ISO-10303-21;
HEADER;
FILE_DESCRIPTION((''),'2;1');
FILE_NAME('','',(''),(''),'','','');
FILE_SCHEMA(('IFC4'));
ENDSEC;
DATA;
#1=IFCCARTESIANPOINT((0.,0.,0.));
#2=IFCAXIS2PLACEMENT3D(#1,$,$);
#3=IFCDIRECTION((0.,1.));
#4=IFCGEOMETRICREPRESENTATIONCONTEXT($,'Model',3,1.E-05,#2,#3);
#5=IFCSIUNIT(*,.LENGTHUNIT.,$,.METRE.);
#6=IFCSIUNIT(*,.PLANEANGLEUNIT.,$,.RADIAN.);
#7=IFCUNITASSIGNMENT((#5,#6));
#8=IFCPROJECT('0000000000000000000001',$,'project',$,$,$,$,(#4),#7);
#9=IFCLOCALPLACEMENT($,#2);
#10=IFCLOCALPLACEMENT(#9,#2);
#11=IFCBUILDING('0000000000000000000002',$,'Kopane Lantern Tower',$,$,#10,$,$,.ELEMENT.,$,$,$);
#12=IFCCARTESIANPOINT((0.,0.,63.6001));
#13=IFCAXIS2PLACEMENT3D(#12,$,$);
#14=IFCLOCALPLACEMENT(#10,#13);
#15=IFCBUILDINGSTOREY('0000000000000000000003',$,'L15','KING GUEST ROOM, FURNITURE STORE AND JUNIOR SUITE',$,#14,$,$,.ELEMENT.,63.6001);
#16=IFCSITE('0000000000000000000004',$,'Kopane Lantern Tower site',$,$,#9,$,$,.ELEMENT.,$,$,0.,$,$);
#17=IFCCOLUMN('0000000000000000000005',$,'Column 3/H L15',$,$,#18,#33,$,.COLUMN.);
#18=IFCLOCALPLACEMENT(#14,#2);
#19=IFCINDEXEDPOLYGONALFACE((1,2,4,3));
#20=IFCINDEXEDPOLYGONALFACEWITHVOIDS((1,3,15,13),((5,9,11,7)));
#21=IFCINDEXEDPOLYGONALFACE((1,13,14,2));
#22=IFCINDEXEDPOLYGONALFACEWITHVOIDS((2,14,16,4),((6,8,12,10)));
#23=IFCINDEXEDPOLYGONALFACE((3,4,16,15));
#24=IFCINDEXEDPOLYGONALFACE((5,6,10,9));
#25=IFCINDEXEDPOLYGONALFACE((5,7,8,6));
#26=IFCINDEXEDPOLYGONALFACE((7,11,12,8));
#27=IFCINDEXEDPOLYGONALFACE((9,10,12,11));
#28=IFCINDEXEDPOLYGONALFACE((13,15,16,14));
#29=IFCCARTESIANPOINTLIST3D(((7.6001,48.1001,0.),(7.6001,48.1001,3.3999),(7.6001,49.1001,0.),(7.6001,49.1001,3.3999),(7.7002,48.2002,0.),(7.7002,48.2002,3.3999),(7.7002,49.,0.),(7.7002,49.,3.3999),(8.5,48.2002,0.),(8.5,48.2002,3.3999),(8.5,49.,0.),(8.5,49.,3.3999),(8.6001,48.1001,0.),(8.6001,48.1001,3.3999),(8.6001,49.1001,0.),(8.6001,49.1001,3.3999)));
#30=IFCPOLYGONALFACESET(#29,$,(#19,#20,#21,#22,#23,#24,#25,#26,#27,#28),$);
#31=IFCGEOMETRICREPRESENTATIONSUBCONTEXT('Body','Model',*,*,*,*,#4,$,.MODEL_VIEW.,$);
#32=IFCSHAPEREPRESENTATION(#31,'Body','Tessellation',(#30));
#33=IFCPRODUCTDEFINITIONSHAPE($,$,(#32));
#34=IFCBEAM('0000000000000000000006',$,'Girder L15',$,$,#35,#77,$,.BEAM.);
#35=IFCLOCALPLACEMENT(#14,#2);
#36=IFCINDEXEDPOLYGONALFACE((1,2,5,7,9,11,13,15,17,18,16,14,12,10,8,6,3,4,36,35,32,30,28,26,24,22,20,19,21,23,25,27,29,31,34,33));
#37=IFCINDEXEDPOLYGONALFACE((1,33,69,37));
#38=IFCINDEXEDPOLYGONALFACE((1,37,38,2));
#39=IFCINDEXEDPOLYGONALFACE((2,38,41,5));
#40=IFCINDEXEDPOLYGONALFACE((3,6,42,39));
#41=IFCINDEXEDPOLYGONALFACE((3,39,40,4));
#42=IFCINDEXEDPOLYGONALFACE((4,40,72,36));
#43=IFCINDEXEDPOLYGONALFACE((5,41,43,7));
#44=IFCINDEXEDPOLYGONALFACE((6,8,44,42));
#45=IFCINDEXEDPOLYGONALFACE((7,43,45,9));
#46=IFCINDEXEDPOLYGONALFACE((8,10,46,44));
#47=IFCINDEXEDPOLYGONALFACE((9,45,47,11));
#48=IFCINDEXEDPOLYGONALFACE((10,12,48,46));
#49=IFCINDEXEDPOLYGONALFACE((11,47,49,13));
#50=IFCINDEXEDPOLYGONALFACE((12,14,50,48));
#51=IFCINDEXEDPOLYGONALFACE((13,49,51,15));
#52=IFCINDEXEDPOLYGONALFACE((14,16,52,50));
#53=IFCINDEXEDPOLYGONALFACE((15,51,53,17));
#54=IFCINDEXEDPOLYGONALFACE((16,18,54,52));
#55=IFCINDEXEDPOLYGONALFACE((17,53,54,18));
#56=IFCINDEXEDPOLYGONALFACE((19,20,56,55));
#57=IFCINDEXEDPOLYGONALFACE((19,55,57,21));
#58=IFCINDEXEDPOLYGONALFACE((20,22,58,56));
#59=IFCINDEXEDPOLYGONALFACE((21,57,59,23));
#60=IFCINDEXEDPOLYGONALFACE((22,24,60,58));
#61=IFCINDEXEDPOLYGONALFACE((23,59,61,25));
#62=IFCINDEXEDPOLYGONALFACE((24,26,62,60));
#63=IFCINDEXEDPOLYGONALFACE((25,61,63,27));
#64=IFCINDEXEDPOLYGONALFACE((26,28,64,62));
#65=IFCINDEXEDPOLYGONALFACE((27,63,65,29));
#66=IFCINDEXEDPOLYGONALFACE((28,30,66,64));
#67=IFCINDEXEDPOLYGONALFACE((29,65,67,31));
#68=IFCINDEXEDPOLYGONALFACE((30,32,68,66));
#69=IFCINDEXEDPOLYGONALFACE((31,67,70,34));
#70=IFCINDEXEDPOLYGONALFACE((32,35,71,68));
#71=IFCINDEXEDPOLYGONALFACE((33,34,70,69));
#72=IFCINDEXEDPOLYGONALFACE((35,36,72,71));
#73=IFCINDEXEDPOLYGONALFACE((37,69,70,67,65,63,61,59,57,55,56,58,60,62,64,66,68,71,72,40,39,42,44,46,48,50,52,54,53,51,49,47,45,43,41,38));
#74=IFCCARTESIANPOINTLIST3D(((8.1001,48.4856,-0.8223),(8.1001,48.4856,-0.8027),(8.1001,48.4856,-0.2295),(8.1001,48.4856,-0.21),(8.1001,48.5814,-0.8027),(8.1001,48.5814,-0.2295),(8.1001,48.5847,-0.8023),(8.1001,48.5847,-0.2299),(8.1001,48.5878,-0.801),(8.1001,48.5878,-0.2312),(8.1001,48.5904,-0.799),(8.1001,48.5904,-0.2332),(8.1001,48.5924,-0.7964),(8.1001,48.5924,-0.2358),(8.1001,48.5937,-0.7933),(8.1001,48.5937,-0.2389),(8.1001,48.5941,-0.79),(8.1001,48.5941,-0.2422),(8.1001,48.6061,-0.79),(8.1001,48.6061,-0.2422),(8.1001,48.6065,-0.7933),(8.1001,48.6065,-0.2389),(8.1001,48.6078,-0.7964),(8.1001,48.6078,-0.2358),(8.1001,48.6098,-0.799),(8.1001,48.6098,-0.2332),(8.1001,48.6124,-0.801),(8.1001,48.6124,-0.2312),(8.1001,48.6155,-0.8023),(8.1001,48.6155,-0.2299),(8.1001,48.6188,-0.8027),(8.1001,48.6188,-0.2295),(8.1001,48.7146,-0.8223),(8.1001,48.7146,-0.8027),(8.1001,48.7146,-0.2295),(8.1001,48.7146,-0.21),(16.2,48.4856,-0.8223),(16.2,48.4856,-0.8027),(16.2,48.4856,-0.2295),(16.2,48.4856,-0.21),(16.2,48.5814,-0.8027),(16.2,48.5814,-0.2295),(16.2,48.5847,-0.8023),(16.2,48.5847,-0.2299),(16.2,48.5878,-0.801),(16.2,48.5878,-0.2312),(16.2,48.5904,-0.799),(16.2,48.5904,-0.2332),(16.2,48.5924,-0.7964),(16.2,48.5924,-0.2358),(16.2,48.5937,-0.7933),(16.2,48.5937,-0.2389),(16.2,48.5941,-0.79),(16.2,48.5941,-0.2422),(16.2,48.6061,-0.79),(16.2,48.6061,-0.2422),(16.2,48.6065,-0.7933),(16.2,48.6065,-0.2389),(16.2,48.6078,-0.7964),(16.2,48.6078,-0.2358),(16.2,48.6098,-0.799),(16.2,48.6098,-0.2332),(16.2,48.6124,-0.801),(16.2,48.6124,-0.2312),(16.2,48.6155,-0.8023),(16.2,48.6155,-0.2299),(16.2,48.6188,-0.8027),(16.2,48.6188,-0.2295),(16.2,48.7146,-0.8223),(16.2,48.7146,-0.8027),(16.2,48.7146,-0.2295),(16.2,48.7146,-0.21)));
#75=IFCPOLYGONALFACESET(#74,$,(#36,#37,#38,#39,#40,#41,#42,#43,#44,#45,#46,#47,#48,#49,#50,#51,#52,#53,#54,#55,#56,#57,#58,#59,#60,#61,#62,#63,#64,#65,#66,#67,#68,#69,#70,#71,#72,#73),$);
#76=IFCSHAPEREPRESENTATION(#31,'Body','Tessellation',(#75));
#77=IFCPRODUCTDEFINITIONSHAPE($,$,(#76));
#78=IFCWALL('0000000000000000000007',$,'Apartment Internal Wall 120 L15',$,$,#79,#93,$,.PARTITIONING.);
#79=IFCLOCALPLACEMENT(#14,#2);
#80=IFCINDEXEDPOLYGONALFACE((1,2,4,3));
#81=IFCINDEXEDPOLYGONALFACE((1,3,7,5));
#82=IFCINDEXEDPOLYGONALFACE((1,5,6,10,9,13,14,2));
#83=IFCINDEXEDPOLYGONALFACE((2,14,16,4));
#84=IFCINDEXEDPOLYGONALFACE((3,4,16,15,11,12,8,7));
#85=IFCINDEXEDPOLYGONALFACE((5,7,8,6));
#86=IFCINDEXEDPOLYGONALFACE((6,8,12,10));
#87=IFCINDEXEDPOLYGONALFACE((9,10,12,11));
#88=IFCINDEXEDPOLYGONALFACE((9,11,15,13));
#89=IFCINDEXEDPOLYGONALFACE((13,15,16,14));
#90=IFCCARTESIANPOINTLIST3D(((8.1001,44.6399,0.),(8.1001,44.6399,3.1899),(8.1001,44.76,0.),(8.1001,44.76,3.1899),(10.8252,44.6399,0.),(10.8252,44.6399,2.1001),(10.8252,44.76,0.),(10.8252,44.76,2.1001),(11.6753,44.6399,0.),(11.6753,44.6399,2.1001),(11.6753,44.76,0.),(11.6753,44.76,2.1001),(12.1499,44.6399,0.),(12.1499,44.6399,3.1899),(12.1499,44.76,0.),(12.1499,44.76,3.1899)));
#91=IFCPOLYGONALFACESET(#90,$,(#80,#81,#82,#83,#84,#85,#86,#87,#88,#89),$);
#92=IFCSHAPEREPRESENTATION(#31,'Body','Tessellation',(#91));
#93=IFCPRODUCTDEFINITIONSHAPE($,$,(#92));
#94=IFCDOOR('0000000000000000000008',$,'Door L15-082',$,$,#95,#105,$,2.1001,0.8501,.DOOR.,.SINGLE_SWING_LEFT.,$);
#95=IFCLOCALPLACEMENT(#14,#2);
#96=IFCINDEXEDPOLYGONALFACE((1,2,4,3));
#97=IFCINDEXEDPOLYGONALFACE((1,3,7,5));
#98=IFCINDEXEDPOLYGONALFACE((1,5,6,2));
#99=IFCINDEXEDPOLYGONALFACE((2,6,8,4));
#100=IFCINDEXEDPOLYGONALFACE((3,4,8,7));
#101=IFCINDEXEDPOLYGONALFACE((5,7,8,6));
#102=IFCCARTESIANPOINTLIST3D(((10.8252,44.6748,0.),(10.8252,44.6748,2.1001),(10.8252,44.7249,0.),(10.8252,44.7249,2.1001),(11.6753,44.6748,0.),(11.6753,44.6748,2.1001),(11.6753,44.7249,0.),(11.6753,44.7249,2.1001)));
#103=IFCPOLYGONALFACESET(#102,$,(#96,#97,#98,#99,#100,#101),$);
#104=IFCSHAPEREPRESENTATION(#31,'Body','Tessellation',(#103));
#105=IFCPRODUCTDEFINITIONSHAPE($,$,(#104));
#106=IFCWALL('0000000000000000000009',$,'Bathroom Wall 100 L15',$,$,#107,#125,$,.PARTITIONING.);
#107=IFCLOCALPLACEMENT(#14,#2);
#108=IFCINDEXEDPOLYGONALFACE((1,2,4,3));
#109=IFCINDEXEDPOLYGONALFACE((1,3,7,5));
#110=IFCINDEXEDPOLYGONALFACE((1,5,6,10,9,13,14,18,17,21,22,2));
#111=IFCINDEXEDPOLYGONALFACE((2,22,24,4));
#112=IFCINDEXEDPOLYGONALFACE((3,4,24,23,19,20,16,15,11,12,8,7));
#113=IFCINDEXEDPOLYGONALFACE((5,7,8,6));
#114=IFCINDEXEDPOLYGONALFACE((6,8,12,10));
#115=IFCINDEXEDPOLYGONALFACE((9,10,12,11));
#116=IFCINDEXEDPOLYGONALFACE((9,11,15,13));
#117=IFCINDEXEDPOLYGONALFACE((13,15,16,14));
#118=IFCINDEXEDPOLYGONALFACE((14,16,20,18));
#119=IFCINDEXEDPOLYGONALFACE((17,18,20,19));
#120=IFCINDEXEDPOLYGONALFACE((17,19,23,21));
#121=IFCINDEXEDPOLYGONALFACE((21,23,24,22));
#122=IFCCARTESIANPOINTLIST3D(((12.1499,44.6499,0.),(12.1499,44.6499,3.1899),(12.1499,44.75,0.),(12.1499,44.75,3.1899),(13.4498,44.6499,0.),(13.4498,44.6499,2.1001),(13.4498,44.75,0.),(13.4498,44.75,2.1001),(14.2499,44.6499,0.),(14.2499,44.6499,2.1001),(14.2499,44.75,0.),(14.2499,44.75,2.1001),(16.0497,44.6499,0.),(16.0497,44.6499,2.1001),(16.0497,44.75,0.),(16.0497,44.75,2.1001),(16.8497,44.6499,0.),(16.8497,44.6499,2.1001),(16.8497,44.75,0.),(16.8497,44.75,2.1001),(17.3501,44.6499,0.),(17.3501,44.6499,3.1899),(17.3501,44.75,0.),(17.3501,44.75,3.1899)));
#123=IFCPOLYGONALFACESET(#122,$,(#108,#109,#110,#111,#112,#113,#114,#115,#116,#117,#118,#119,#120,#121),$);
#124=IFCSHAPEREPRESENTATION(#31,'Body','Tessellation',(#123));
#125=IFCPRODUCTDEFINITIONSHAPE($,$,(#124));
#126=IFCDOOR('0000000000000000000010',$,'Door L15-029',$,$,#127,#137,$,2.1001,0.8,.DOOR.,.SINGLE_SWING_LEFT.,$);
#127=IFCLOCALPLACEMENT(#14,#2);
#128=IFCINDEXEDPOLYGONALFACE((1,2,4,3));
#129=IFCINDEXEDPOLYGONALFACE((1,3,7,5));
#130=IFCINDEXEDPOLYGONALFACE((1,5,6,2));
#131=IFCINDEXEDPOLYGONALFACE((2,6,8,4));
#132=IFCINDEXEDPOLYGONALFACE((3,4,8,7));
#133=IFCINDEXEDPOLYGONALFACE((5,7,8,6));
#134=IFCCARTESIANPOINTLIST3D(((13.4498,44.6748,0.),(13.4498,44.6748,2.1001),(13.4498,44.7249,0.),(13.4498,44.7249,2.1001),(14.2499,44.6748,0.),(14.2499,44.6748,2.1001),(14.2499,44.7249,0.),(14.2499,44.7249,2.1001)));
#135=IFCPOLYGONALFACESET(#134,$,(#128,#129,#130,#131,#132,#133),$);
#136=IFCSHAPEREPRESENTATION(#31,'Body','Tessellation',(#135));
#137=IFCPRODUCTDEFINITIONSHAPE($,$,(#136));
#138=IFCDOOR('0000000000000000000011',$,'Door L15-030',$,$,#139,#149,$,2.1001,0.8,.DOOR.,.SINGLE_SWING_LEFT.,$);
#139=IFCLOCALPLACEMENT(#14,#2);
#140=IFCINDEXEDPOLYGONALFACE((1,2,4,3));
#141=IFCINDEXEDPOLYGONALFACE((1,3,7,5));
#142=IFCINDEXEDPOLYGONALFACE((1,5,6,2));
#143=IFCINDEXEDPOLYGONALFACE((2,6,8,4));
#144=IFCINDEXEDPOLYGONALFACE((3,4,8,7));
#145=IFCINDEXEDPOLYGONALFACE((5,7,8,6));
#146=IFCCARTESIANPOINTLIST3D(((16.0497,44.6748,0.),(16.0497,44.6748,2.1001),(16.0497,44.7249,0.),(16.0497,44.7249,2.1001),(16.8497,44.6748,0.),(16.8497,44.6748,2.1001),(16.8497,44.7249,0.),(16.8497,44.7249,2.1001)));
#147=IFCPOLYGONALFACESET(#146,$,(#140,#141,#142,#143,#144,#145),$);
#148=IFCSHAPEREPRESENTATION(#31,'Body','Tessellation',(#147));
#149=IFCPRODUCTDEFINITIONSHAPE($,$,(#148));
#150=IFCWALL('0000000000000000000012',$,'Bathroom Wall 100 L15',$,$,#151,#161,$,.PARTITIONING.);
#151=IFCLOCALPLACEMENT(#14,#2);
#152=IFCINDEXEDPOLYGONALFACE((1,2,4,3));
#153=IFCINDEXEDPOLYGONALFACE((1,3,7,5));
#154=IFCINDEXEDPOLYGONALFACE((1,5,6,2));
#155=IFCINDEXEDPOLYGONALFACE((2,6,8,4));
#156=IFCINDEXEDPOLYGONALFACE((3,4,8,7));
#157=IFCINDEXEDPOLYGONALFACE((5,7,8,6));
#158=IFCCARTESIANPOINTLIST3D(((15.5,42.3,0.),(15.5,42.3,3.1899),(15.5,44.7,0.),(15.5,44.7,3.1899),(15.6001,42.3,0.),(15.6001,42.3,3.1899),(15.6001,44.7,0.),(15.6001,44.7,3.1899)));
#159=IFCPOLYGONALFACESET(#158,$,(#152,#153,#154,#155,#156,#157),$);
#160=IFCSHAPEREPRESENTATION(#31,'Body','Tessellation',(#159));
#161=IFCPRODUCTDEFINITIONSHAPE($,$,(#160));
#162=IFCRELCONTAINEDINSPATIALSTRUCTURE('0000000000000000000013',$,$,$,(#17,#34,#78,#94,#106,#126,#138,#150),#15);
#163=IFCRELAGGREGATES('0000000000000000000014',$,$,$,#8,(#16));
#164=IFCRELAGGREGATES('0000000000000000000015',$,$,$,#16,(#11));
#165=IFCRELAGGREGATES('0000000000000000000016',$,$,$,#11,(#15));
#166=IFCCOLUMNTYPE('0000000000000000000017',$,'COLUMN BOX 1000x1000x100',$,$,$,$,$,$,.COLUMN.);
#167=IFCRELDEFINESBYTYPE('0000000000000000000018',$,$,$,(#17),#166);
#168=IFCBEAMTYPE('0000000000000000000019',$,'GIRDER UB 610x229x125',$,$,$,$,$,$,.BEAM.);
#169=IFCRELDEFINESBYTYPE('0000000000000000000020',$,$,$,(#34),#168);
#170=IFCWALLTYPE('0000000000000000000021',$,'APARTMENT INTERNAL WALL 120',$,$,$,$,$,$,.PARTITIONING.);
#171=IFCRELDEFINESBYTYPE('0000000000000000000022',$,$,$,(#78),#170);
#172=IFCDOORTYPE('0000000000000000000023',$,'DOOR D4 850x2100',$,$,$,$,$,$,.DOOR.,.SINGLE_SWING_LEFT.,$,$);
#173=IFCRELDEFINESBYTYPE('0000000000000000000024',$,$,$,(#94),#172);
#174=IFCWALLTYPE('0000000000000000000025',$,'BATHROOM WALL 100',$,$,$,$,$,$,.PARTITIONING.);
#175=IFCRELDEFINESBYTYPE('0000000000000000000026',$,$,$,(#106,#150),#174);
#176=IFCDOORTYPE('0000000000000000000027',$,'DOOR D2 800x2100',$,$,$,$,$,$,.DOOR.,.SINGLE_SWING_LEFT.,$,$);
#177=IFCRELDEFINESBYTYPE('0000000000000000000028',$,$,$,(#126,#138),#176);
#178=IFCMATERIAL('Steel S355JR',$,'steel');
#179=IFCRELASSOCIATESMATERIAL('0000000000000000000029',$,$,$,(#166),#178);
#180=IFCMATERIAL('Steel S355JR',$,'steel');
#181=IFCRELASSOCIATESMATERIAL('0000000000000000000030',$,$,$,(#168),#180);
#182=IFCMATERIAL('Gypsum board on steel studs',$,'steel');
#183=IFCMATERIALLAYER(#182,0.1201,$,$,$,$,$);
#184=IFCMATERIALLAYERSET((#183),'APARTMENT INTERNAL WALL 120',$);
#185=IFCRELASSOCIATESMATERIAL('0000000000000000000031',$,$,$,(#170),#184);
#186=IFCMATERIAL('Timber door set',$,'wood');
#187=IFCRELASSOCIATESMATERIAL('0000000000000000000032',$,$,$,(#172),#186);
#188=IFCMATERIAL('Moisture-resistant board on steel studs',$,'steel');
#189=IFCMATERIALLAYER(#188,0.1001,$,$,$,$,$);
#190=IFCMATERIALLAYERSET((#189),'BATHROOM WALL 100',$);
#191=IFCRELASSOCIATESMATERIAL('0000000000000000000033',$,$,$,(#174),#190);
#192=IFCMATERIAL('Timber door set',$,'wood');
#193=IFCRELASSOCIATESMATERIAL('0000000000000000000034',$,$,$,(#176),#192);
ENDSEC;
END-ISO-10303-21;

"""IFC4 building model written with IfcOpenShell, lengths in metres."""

from ifc_helpers import new_model, si_unit, direction, frame, frame_2d, origin, origin_2d, place, context, subcontext, project, spatial, rectangle, hollow_rectangle, i_section, extrude, material, layer, layer_set, material_profile, profile_set, type_object, element, fill, save


model = new_model("IFC4")

# Units and contexts
model_context = context("Model", 3, precision=1e-05, world=origin(), true_north=direction((0.0, 1.0)))
body_context = subcontext(model_context, "Body", "Model", "MODEL_VIEW")
ifc_project = project(units=[si_unit("LENGTHUNIT", "METRE"), si_unit("PLANEANGLEUNIT", "RADIAN")], contexts=[model_context])

# Site, building, storey
site_placement = place(None, origin())
site = spatial("IfcSite", under=ifc_project, at=site_placement, Name="Kopane Lantern Tower site", CompositionType="ELEMENT", RefElevation=0.0)
building_placement = place(site_placement, origin())
building = spatial("IfcBuilding", under=site, at=building_placement, Name="Kopane Lantern Tower", CompositionType="ELEMENT")
storey_placement = place(building_placement, frame((0.0, 0.0, 63.6001)))
storey = spatial("IfcBuildingStorey", under=building, at=storey_placement, Name="L15", Description="KING GUEST ROOM, FURNITURE STORE AND JUNIOR SUITE", CompositionType="ELEMENT", Elevation=63.6001)

# Column
ifc_material_1 = material(Name="Steel S355JR", Category="steel")
ifc_material_profile_1 = material_profile(ifc_material_1, hollow_rectangle(XDim=1.0, YDim=1.0, WallThickness=0.1001, at=origin_2d()), Name="BOX 1000x1000x100")
ifc_profile_set_1 = profile_set([ifc_material_profile_1], Name="Steel S355JR")
column_type = type_object("IfcColumnType", Name="COLUMN BOX 1000x1000x100", PredefinedType="COLUMN", material=ifc_profile_set_1)
column_placement = place(storey_placement, frame((8.1001, 48.6001, 0.0), z_axis=(0.0, 0.0, 1.0), x_axis=(1.0, 0.0, 0.0)))
element("IfcColumn", 1, at=column_placement, inside=storey, type_object=column_type, Name="Column 3/H L15", PredefinedType="COLUMN", context=body_context, shape_type="SweptSolid", body=[
    extrude(hollow_rectangle(XDim=1.0, YDim=1.0, WallThickness=0.1001, at=origin_2d()), origin(), (0.0, 0.0, 1.0), 3.3999),
])

# Beam
ifc_material_2 = material(Name="Steel S355JR", Category="steel")
ifc_material_profile_2 = material_profile(ifc_material_2, i_section(OverallWidth=0.229, OverallDepth=0.6123, WebThickness=0.012, FlangeThickness=0.0195, FilletRadius=0.0127, at=origin_2d()), Name="UB 610x229x125")
ifc_profile_set_2 = profile_set([ifc_material_profile_2], Name="Steel S355JR")
beam_type = type_object("IfcBeamType", Name="GIRDER UB 610x229x125", PredefinedType="BEAM", material=ifc_profile_set_2)
beam_placement = place(storey_placement, frame((8.1001, 48.6001, -0.5161), z_axis=(1.0, 0.0, 0.0), x_axis=(0.0, 1.0, 0.0)))
element("IfcBeam", 2, at=beam_placement, inside=storey, type_object=beam_type, Name="Girder L15", PredefinedType="BEAM", context=body_context, shape_type="SweptSolid", body=[
    extrude(i_section(OverallWidth=0.229, OverallDepth=0.6123, WebThickness=0.012, FlangeThickness=0.0195, FilletRadius=0.0127, at=origin_2d()), origin(), (0.0, 0.0, 1.0), 8.0999),
])

# Wall, opening, door
ifc_material_3 = material(Name="Gypsum board on steel studs", Category="steel")
ifc_layer_1 = layer(ifc_material_3, 0.1201)
ifc_layer_set_1 = layer_set([ifc_layer_1], Name="APARTMENT INTERNAL WALL 120")
wall_type_1 = type_object("IfcWallType", Name="APARTMENT INTERNAL WALL 120", PredefinedType="PARTITIONING", material=ifc_layer_set_1)
wall_1_placement = place(storey_placement, frame((8.1001, 44.7, 0.0), z_axis=(0.0, 0.0, 1.0), x_axis=(1.0, 0.0, 0.0)))
wall_1 = element("IfcWall", 3, at=wall_1_placement, inside=storey, type_object=wall_type_1, Name="Apartment Internal Wall 120 L15", PredefinedType="PARTITIONING", context=body_context, shape_type="SweptSolid", body=[
    extrude(rectangle(XDim=4.0498, YDim=0.1201, at=frame_2d((2.0249, 0.0))), origin(), (0.0, 0.0, 1.0), 3.1899),
])
opening_1_placement = place(wall_1_placement, frame((2.7251, 0.0, 0.0)))
opening_1 = element("IfcOpeningElement", 4, at=opening_1_placement, cuts=wall_1, PredefinedType="OPENING", context=body_context, shape_type="SweptSolid", body=[
    extrude(rectangle(XDim=0.8501, YDim=2.1001, at=frame_2d((0.425, 1.05))), frame((0.0, 0.0701, 0.0), z_axis=(0.0, -1.0, 0.0), x_axis=(1.0, 0.0, 0.0)), (0.0, 0.0, 1.0), 0.1401),
])
ifc_material_4 = material(Name="Timber door set", Category="wood")
door_type_1 = type_object("IfcDoorType", Name="DOOR D4 850x2100", OperationType="SINGLE_SWING_LEFT", PredefinedType="DOOR", material=ifc_material_4)
door_1_placement = place(opening_1_placement, origin())
door_1 = element("IfcDoor", 5, at=door_1_placement, inside=storey, type_object=door_type_1, Name="Door L15-082", OperationType="SINGLE_SWING_LEFT", OverallHeight=2.1001, OverallWidth=0.8501, PredefinedType="DOOR", context=body_context, shape_type="SweptSolid", body=[
    extrude(rectangle(XDim=0.8501, YDim=2.1001, at=frame_2d((0.425, 1.05))), frame((0.0, 0.0249, 0.0), z_axis=(0.0, -1.0, 0.0), x_axis=(1.0, 0.0, 0.0)), (0.0, 0.0, 1.0), 0.05),
])
fill(opening_1, door_1)

# Wall, openings, doors
ifc_material_5 = material(Name="Moisture-resistant board on steel studs", Category="steel")
ifc_layer_2 = layer(ifc_material_5, 0.1001)
ifc_layer_set_2 = layer_set([ifc_layer_2], Name="BATHROOM WALL 100")
wall_type_2 = type_object("IfcWallType", Name="BATHROOM WALL 100", PredefinedType="PARTITIONING", material=ifc_layer_set_2)
wall_2_placement = place(storey_placement, frame((12.1499, 44.7, 0.0), z_axis=(0.0, 0.0, 1.0), x_axis=(1.0, 0.0, 0.0)))
wall_2 = element("IfcWall", 6, at=wall_2_placement, inside=storey, type_object=wall_type_2, Name="Bathroom Wall 100 L15", PredefinedType="PARTITIONING", context=body_context, shape_type="SweptSolid", body=[
    extrude(rectangle(XDim=5.2002, YDim=0.1001, at=frame_2d((2.6001, 0.0))), origin(), (0.0, 0.0, 1.0), 3.1899),
])
opening_2_placement = place(wall_2_placement, frame((1.3, 0.0, 0.0)))
opening_2 = element("IfcOpeningElement", 7, at=opening_2_placement, cuts=wall_2, PredefinedType="OPENING", context=body_context, shape_type="SweptSolid", body=[
    extrude(rectangle(XDim=0.8, YDim=2.1001, at=frame_2d((0.3999, 1.05))), frame((0.0, 0.0601, 0.0), z_axis=(0.0, -1.0, 0.0), x_axis=(1.0, 0.0, 0.0)), (0.0, 0.0, 1.0), 0.1201),
])
opening_3_placement = place(wall_2_placement, frame((3.8999, 0.0, 0.0)))
opening_3 = element("IfcOpeningElement", 8, at=opening_3_placement, cuts=wall_2, PredefinedType="OPENING", context=body_context, shape_type="SweptSolid", body=[
    extrude(rectangle(XDim=0.8, YDim=2.1001, at=frame_2d((0.3999, 1.05))), frame((0.0, 0.0601, 0.0), z_axis=(0.0, -1.0, 0.0), x_axis=(1.0, 0.0, 0.0)), (0.0, 0.0, 1.0), 0.1201),
])
ifc_material_6 = material(Name="Timber door set", Category="wood")
door_type_2 = type_object("IfcDoorType", Name="DOOR D2 800x2100", OperationType="SINGLE_SWING_LEFT", PredefinedType="DOOR", material=ifc_material_6)
door_2_placement = place(opening_2_placement, origin())
door_2 = element("IfcDoor", 9, at=door_2_placement, inside=storey, type_object=door_type_2, Name="Door L15-029", OperationType="SINGLE_SWING_LEFT", OverallHeight=2.1001, OverallWidth=0.8, PredefinedType="DOOR", context=body_context, shape_type="SweptSolid", body=[
    extrude(rectangle(XDim=0.8, YDim=2.1001, at=frame_2d((0.3999, 1.05))), frame((0.0, 0.0249, 0.0), z_axis=(0.0, -1.0, 0.0), x_axis=(1.0, 0.0, 0.0)), (0.0, 0.0, 1.0), 0.05),
])
fill(opening_2, door_2)
door_3_placement = place(opening_3_placement, origin())
door_3 = element("IfcDoor", 10, at=door_3_placement, inside=storey, type_object=door_type_2, Name="Door L15-030", OperationType="SINGLE_SWING_LEFT", OverallHeight=2.1001, OverallWidth=0.8, PredefinedType="DOOR", context=body_context, shape_type="SweptSolid", body=[
    extrude(rectangle(XDim=0.8, YDim=2.1001, at=frame_2d((0.3999, 1.05))), frame((0.0, 0.0249, 0.0), z_axis=(0.0, -1.0, 0.0), x_axis=(1.0, 0.0, 0.0)), (0.0, 0.0, 1.0), 0.05),
])
fill(opening_3, door_3)

# Wall
wall_3_placement = place(storey_placement, frame((15.55, 42.3, 0.0), z_axis=(0.0, 0.0, 1.0), x_axis=(0.0, 1.0, 0.0)))
element("IfcWall", 11, at=wall_3_placement, inside=storey, type_object=wall_type_2, Name="Bathroom Wall 100 L15", PredefinedType="PARTITIONING", context=body_context, shape_type="SweptSolid", body=[
    extrude(rectangle(XDim=2.3999, YDim=0.1001, at=frame_2d((1.2, 0.0))), origin(), (0.0, 0.0, 1.0), 3.1899),
])

save(model, "model.ifc")
